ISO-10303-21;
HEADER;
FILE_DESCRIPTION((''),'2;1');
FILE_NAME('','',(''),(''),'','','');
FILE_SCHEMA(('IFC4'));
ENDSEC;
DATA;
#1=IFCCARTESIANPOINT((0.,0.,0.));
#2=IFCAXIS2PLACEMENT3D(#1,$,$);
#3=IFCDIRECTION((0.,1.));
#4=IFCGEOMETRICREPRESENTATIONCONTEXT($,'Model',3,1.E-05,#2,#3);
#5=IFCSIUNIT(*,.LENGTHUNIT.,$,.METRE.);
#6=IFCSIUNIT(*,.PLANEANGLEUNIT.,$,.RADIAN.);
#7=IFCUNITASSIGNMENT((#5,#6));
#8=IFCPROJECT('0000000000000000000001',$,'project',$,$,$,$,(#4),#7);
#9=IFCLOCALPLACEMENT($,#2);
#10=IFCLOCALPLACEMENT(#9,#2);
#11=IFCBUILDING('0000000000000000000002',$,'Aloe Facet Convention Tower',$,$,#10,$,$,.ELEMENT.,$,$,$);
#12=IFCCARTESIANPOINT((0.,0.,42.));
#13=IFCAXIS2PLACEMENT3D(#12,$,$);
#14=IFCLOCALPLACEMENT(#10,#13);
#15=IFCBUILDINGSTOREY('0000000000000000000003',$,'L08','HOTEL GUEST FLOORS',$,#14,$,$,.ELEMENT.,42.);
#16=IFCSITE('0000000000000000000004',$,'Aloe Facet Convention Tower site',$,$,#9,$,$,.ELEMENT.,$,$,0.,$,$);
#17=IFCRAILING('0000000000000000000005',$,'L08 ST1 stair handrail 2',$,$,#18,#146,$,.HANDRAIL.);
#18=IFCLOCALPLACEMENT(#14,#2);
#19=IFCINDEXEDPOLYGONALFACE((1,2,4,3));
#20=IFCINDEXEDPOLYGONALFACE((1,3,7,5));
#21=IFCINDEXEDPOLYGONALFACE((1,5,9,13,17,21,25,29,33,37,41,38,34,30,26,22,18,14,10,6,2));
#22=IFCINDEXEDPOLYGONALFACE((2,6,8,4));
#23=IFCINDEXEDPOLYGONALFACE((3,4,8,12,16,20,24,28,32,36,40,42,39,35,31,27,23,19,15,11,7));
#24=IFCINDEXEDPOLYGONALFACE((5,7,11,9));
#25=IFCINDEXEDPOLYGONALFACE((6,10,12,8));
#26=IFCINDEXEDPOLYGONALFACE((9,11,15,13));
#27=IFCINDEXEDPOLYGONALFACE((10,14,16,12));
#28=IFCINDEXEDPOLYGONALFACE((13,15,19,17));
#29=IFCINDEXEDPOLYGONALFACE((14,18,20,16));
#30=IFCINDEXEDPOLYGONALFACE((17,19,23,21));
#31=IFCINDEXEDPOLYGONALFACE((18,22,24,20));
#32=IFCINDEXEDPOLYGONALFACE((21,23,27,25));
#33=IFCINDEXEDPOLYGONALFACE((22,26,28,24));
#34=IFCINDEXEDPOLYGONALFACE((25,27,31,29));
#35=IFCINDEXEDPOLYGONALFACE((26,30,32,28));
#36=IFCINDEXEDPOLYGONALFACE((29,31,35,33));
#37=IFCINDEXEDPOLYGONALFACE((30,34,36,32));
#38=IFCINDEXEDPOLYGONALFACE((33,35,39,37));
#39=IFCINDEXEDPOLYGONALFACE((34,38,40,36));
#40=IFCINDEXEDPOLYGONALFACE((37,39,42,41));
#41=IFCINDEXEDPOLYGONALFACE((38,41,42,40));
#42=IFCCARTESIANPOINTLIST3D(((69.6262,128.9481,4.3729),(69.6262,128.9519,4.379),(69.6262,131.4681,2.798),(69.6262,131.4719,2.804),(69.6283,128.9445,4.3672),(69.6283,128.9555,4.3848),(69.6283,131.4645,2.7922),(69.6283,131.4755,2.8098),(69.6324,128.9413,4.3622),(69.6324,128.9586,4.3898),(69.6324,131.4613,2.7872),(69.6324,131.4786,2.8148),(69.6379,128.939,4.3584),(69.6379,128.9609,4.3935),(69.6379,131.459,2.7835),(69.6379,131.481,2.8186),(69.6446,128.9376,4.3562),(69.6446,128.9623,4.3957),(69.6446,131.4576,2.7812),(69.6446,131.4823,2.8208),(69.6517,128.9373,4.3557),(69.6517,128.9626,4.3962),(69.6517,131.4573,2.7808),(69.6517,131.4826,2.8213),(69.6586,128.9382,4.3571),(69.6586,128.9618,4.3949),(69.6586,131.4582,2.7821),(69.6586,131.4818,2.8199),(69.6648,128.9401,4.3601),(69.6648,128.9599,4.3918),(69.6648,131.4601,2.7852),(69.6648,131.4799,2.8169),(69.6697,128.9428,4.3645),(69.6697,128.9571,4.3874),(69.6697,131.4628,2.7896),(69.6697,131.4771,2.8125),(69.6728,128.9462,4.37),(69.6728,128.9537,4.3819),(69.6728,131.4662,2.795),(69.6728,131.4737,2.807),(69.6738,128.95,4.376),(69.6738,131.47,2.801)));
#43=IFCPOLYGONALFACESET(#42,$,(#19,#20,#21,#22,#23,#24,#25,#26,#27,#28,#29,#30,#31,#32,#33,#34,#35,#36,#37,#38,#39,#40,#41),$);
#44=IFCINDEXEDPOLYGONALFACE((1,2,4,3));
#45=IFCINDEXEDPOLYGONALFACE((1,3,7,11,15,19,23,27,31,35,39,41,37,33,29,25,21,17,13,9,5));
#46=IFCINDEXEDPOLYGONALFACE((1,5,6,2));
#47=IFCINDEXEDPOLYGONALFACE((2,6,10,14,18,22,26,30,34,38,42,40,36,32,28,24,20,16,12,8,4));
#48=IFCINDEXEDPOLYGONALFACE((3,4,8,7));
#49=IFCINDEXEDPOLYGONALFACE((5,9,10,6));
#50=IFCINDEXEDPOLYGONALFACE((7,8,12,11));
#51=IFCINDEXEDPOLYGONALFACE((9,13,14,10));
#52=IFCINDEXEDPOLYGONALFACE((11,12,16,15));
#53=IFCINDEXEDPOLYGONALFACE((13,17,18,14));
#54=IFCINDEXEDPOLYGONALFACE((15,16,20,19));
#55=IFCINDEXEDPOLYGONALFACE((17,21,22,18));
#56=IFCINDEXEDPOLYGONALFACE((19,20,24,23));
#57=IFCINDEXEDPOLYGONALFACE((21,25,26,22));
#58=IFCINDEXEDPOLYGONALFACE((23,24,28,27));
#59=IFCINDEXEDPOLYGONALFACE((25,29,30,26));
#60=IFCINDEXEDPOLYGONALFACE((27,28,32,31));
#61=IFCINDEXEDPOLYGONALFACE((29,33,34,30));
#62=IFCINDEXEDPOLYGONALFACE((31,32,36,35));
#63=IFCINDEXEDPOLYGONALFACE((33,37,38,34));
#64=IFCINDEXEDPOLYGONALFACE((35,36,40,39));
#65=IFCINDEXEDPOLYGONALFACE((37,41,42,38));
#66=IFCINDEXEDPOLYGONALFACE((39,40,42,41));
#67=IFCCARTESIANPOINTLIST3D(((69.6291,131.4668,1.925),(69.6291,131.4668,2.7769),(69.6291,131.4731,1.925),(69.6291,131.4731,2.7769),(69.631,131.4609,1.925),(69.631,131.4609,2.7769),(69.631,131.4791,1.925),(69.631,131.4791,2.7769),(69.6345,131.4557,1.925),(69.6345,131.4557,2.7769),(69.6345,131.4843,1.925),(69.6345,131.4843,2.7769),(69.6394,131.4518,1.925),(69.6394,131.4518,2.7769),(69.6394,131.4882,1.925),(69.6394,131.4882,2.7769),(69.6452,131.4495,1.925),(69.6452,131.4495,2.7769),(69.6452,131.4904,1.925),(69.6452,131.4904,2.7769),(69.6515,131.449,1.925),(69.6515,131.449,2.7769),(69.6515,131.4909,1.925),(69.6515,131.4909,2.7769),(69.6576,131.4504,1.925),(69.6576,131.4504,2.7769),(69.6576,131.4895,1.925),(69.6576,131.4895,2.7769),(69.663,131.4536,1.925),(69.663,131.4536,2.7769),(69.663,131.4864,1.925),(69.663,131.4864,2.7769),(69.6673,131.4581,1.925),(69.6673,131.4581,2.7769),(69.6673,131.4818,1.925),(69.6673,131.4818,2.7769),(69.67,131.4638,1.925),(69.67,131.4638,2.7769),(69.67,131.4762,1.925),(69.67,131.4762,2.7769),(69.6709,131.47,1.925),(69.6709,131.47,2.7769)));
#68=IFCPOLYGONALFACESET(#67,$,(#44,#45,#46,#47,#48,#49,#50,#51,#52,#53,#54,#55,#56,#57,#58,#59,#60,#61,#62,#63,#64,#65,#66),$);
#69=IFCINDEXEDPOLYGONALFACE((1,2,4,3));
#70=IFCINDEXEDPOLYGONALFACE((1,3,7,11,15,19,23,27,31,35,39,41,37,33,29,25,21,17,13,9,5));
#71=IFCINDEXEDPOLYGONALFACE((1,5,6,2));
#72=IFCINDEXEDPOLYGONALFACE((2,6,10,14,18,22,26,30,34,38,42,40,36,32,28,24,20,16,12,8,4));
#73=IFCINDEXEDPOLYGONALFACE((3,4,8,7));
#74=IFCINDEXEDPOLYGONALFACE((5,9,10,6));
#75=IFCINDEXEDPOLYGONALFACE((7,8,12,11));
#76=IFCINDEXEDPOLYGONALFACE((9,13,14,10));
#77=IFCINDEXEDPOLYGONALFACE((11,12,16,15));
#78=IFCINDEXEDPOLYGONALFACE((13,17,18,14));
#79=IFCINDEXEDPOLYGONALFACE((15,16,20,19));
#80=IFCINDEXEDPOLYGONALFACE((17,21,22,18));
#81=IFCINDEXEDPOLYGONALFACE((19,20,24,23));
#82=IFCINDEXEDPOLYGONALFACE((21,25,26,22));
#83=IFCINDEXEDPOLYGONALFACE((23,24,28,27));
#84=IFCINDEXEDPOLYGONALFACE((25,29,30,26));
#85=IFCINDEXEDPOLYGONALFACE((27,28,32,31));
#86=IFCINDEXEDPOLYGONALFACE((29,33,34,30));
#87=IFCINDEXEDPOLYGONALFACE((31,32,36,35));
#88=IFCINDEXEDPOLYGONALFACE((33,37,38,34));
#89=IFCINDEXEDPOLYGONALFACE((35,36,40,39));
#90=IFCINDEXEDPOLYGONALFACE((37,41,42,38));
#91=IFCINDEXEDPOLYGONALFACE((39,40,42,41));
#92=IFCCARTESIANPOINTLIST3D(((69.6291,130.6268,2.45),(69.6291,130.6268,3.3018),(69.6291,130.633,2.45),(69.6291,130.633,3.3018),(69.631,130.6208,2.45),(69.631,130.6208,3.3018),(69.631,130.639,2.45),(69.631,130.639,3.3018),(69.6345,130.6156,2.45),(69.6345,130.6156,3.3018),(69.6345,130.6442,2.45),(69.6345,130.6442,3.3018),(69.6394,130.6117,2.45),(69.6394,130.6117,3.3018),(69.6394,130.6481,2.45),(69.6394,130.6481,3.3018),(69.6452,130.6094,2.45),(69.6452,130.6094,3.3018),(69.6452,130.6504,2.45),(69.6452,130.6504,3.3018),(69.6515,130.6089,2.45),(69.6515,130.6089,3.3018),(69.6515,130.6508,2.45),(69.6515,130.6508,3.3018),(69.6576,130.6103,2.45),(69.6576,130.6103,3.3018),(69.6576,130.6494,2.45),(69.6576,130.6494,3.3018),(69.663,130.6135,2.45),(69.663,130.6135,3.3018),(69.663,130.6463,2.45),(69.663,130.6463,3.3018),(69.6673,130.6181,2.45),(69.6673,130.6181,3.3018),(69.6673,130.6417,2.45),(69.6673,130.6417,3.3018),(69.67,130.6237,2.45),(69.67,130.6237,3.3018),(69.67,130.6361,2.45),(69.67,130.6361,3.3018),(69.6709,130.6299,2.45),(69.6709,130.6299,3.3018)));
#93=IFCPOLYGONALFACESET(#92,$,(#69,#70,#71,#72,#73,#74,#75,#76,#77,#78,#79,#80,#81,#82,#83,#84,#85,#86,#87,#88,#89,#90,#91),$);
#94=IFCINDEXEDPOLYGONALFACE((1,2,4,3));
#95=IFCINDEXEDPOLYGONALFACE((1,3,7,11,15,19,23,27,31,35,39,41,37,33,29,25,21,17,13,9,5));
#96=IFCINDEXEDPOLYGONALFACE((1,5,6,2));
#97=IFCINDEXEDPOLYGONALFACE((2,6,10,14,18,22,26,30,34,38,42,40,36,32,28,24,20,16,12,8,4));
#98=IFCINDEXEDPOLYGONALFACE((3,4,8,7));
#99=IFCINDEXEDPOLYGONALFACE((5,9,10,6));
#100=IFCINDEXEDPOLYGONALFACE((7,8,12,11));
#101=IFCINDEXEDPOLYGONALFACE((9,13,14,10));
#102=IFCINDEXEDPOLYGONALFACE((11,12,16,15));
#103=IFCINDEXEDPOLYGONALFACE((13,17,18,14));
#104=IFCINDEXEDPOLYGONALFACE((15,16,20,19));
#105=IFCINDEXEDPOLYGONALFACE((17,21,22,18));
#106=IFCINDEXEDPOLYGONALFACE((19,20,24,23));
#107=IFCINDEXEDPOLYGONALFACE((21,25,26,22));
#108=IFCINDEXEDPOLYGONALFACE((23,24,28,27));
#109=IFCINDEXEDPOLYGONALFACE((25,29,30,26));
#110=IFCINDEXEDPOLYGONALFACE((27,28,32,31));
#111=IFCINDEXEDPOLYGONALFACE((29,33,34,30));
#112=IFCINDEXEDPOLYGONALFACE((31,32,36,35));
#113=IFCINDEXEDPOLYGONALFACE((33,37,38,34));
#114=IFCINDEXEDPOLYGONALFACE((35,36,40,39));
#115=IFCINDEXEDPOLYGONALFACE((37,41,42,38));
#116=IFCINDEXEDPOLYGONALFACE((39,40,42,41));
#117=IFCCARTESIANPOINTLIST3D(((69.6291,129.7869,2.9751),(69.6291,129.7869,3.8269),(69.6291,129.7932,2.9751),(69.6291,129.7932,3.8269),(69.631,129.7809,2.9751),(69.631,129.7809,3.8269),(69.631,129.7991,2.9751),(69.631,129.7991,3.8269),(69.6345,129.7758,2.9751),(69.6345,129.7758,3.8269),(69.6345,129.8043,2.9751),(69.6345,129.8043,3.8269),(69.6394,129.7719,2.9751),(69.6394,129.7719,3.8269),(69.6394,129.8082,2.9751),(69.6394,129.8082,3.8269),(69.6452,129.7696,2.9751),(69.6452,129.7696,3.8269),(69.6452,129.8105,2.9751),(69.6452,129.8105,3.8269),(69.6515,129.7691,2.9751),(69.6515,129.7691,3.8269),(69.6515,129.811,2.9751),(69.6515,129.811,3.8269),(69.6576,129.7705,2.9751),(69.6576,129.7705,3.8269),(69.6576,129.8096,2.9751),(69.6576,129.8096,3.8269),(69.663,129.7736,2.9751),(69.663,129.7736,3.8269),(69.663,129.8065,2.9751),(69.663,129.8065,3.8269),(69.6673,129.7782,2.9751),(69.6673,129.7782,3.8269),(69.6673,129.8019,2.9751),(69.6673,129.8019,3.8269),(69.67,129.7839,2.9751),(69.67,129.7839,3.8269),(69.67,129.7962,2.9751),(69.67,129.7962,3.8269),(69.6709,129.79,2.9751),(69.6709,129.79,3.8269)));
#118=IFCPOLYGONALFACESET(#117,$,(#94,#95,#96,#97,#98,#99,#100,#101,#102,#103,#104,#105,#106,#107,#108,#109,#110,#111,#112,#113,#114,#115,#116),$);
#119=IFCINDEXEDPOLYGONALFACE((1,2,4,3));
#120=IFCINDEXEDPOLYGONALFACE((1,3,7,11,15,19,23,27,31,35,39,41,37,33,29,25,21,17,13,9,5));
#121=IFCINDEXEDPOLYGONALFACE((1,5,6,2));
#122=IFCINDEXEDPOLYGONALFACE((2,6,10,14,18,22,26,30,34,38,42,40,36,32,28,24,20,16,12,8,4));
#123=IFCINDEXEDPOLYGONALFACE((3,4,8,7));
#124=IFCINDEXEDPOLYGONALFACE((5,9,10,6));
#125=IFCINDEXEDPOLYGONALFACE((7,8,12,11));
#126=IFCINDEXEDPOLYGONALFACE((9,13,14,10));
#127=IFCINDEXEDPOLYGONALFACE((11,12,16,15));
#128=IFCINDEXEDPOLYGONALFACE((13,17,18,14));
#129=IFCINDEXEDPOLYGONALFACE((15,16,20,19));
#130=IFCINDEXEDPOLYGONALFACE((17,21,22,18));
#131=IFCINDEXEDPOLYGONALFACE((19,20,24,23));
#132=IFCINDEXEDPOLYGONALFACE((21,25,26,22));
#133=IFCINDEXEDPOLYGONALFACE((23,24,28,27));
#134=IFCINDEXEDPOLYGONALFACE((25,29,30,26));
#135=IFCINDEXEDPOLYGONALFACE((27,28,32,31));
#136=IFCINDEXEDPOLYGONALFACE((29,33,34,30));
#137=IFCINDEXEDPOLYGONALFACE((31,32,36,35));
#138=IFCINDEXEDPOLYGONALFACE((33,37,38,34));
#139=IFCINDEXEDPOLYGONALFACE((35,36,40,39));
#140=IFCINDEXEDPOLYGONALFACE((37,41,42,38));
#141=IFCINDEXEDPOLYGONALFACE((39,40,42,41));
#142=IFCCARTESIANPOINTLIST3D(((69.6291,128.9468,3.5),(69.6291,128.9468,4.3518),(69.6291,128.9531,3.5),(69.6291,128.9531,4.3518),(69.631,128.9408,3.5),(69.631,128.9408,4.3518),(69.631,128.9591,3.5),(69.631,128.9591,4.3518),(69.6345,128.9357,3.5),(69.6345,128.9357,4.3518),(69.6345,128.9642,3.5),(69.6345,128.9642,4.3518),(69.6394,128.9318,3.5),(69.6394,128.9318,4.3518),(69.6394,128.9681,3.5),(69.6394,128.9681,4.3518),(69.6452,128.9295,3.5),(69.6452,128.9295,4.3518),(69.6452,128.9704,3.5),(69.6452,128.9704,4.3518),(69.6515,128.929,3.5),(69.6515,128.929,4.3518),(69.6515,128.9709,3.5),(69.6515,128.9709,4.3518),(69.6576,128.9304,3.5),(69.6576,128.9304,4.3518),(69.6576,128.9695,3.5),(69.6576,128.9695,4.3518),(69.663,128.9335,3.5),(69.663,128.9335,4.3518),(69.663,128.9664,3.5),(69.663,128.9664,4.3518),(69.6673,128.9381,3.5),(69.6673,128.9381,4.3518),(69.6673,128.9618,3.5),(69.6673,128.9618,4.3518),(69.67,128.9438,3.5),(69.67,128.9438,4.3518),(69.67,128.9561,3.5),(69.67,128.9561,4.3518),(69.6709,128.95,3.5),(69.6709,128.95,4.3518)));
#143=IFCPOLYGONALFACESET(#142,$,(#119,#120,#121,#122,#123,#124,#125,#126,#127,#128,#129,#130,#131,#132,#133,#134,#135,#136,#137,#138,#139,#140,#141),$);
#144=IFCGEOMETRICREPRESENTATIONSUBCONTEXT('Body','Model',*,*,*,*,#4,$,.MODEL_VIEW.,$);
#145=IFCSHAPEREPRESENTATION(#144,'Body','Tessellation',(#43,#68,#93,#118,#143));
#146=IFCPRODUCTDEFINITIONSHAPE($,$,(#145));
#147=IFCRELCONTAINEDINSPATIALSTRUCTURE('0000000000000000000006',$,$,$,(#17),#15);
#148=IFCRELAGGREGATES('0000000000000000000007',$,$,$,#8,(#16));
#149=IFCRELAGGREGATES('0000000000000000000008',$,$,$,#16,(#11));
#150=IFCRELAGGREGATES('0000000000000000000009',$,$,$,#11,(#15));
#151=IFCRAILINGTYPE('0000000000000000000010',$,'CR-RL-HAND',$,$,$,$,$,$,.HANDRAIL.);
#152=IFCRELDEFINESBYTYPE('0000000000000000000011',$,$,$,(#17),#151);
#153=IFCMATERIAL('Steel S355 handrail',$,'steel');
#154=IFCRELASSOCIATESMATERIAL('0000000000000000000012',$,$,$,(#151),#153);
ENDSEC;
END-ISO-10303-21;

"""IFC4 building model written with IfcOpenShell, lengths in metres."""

from ifc_helpers import new_model, si_unit, direction, frame, origin, origin_2d, place, context, subcontext, project, spatial, circle, extrude, material, type_object, element, save


model = new_model("IFC4")

# Units and contexts
model_context = context("Model", 3, precision=1e-05, world=origin(), true_north=direction((0.0, 1.0)))
body_context = subcontext(model_context, "Body", "Model", "MODEL_VIEW")
ifc_project = project(units=[si_unit("LENGTHUNIT", "METRE"), si_unit("PLANEANGLEUNIT", "RADIAN")], contexts=[model_context])

# Site, building, storey
site_placement = place(None, origin())
site = spatial("IfcSite", under=ifc_project, at=site_placement, Name="Aloe Facet Convention Tower site", CompositionType="ELEMENT", RefElevation=0.0)
building_placement = place(site_placement, origin())
building = spatial("IfcBuilding", under=site, at=building_placement, Name="Aloe Facet Convention Tower", CompositionType="ELEMENT")
storey_placement = place(building_placement, frame((0.0, 0.0, 42.0)))
storey = spatial("IfcBuildingStorey", under=building, at=storey_placement, Name="L08", Description="HOTEL GUEST FLOORS", CompositionType="ELEMENT", Elevation=42.0)

# Railing
ifc_material_1 = material(Name="Steel S355 handrail", Category="steel")
railing_type_1 = type_object("IfcRailingType", Name="CR-RL-HAND", PredefinedType="HANDRAIL", material=ifc_material_1)
railing_1_placement = place(storey_placement, frame((69.6499, 131.47, 1.925)))
element("IfcRailing", 1, at=railing_1_placement, inside=storey, type_object=railing_type_1, Name="L08 ST1 stair handrail 2", PredefinedType="HANDRAIL", context=body_context, shape_type="SweptSolid", body=[
    extrude(circle(Radius=0.0239, at=origin_2d()), frame((0.0, 0.0, 0.876), z_axis=(0.0, -0.848008, 0.529984), x_axis=(1.0, 0.0, 0.0)), (0.0, 0.0, 1.0), 2.9717),
    extrude(circle(Radius=0.021, at=origin_2d()), origin(), (0.0, 0.0, 1.0), 0.8518),
    extrude(circle(Radius=0.021, at=origin_2d()), frame((0.0, -0.8401, 0.5249)), (0.0, 0.0, 1.0), 0.8518),
    extrude(circle(Radius=0.021, at=origin_2d()), frame((0.0, -1.6799, 1.05)), (0.0, 0.0, 1.0), 0.8518),
    extrude(circle(Radius=0.021, at=origin_2d()), frame((0.0, -2.52, 1.575)), (0.0, 0.0, 1.0), 0.8518),
])

save(model, "model.ifc")
